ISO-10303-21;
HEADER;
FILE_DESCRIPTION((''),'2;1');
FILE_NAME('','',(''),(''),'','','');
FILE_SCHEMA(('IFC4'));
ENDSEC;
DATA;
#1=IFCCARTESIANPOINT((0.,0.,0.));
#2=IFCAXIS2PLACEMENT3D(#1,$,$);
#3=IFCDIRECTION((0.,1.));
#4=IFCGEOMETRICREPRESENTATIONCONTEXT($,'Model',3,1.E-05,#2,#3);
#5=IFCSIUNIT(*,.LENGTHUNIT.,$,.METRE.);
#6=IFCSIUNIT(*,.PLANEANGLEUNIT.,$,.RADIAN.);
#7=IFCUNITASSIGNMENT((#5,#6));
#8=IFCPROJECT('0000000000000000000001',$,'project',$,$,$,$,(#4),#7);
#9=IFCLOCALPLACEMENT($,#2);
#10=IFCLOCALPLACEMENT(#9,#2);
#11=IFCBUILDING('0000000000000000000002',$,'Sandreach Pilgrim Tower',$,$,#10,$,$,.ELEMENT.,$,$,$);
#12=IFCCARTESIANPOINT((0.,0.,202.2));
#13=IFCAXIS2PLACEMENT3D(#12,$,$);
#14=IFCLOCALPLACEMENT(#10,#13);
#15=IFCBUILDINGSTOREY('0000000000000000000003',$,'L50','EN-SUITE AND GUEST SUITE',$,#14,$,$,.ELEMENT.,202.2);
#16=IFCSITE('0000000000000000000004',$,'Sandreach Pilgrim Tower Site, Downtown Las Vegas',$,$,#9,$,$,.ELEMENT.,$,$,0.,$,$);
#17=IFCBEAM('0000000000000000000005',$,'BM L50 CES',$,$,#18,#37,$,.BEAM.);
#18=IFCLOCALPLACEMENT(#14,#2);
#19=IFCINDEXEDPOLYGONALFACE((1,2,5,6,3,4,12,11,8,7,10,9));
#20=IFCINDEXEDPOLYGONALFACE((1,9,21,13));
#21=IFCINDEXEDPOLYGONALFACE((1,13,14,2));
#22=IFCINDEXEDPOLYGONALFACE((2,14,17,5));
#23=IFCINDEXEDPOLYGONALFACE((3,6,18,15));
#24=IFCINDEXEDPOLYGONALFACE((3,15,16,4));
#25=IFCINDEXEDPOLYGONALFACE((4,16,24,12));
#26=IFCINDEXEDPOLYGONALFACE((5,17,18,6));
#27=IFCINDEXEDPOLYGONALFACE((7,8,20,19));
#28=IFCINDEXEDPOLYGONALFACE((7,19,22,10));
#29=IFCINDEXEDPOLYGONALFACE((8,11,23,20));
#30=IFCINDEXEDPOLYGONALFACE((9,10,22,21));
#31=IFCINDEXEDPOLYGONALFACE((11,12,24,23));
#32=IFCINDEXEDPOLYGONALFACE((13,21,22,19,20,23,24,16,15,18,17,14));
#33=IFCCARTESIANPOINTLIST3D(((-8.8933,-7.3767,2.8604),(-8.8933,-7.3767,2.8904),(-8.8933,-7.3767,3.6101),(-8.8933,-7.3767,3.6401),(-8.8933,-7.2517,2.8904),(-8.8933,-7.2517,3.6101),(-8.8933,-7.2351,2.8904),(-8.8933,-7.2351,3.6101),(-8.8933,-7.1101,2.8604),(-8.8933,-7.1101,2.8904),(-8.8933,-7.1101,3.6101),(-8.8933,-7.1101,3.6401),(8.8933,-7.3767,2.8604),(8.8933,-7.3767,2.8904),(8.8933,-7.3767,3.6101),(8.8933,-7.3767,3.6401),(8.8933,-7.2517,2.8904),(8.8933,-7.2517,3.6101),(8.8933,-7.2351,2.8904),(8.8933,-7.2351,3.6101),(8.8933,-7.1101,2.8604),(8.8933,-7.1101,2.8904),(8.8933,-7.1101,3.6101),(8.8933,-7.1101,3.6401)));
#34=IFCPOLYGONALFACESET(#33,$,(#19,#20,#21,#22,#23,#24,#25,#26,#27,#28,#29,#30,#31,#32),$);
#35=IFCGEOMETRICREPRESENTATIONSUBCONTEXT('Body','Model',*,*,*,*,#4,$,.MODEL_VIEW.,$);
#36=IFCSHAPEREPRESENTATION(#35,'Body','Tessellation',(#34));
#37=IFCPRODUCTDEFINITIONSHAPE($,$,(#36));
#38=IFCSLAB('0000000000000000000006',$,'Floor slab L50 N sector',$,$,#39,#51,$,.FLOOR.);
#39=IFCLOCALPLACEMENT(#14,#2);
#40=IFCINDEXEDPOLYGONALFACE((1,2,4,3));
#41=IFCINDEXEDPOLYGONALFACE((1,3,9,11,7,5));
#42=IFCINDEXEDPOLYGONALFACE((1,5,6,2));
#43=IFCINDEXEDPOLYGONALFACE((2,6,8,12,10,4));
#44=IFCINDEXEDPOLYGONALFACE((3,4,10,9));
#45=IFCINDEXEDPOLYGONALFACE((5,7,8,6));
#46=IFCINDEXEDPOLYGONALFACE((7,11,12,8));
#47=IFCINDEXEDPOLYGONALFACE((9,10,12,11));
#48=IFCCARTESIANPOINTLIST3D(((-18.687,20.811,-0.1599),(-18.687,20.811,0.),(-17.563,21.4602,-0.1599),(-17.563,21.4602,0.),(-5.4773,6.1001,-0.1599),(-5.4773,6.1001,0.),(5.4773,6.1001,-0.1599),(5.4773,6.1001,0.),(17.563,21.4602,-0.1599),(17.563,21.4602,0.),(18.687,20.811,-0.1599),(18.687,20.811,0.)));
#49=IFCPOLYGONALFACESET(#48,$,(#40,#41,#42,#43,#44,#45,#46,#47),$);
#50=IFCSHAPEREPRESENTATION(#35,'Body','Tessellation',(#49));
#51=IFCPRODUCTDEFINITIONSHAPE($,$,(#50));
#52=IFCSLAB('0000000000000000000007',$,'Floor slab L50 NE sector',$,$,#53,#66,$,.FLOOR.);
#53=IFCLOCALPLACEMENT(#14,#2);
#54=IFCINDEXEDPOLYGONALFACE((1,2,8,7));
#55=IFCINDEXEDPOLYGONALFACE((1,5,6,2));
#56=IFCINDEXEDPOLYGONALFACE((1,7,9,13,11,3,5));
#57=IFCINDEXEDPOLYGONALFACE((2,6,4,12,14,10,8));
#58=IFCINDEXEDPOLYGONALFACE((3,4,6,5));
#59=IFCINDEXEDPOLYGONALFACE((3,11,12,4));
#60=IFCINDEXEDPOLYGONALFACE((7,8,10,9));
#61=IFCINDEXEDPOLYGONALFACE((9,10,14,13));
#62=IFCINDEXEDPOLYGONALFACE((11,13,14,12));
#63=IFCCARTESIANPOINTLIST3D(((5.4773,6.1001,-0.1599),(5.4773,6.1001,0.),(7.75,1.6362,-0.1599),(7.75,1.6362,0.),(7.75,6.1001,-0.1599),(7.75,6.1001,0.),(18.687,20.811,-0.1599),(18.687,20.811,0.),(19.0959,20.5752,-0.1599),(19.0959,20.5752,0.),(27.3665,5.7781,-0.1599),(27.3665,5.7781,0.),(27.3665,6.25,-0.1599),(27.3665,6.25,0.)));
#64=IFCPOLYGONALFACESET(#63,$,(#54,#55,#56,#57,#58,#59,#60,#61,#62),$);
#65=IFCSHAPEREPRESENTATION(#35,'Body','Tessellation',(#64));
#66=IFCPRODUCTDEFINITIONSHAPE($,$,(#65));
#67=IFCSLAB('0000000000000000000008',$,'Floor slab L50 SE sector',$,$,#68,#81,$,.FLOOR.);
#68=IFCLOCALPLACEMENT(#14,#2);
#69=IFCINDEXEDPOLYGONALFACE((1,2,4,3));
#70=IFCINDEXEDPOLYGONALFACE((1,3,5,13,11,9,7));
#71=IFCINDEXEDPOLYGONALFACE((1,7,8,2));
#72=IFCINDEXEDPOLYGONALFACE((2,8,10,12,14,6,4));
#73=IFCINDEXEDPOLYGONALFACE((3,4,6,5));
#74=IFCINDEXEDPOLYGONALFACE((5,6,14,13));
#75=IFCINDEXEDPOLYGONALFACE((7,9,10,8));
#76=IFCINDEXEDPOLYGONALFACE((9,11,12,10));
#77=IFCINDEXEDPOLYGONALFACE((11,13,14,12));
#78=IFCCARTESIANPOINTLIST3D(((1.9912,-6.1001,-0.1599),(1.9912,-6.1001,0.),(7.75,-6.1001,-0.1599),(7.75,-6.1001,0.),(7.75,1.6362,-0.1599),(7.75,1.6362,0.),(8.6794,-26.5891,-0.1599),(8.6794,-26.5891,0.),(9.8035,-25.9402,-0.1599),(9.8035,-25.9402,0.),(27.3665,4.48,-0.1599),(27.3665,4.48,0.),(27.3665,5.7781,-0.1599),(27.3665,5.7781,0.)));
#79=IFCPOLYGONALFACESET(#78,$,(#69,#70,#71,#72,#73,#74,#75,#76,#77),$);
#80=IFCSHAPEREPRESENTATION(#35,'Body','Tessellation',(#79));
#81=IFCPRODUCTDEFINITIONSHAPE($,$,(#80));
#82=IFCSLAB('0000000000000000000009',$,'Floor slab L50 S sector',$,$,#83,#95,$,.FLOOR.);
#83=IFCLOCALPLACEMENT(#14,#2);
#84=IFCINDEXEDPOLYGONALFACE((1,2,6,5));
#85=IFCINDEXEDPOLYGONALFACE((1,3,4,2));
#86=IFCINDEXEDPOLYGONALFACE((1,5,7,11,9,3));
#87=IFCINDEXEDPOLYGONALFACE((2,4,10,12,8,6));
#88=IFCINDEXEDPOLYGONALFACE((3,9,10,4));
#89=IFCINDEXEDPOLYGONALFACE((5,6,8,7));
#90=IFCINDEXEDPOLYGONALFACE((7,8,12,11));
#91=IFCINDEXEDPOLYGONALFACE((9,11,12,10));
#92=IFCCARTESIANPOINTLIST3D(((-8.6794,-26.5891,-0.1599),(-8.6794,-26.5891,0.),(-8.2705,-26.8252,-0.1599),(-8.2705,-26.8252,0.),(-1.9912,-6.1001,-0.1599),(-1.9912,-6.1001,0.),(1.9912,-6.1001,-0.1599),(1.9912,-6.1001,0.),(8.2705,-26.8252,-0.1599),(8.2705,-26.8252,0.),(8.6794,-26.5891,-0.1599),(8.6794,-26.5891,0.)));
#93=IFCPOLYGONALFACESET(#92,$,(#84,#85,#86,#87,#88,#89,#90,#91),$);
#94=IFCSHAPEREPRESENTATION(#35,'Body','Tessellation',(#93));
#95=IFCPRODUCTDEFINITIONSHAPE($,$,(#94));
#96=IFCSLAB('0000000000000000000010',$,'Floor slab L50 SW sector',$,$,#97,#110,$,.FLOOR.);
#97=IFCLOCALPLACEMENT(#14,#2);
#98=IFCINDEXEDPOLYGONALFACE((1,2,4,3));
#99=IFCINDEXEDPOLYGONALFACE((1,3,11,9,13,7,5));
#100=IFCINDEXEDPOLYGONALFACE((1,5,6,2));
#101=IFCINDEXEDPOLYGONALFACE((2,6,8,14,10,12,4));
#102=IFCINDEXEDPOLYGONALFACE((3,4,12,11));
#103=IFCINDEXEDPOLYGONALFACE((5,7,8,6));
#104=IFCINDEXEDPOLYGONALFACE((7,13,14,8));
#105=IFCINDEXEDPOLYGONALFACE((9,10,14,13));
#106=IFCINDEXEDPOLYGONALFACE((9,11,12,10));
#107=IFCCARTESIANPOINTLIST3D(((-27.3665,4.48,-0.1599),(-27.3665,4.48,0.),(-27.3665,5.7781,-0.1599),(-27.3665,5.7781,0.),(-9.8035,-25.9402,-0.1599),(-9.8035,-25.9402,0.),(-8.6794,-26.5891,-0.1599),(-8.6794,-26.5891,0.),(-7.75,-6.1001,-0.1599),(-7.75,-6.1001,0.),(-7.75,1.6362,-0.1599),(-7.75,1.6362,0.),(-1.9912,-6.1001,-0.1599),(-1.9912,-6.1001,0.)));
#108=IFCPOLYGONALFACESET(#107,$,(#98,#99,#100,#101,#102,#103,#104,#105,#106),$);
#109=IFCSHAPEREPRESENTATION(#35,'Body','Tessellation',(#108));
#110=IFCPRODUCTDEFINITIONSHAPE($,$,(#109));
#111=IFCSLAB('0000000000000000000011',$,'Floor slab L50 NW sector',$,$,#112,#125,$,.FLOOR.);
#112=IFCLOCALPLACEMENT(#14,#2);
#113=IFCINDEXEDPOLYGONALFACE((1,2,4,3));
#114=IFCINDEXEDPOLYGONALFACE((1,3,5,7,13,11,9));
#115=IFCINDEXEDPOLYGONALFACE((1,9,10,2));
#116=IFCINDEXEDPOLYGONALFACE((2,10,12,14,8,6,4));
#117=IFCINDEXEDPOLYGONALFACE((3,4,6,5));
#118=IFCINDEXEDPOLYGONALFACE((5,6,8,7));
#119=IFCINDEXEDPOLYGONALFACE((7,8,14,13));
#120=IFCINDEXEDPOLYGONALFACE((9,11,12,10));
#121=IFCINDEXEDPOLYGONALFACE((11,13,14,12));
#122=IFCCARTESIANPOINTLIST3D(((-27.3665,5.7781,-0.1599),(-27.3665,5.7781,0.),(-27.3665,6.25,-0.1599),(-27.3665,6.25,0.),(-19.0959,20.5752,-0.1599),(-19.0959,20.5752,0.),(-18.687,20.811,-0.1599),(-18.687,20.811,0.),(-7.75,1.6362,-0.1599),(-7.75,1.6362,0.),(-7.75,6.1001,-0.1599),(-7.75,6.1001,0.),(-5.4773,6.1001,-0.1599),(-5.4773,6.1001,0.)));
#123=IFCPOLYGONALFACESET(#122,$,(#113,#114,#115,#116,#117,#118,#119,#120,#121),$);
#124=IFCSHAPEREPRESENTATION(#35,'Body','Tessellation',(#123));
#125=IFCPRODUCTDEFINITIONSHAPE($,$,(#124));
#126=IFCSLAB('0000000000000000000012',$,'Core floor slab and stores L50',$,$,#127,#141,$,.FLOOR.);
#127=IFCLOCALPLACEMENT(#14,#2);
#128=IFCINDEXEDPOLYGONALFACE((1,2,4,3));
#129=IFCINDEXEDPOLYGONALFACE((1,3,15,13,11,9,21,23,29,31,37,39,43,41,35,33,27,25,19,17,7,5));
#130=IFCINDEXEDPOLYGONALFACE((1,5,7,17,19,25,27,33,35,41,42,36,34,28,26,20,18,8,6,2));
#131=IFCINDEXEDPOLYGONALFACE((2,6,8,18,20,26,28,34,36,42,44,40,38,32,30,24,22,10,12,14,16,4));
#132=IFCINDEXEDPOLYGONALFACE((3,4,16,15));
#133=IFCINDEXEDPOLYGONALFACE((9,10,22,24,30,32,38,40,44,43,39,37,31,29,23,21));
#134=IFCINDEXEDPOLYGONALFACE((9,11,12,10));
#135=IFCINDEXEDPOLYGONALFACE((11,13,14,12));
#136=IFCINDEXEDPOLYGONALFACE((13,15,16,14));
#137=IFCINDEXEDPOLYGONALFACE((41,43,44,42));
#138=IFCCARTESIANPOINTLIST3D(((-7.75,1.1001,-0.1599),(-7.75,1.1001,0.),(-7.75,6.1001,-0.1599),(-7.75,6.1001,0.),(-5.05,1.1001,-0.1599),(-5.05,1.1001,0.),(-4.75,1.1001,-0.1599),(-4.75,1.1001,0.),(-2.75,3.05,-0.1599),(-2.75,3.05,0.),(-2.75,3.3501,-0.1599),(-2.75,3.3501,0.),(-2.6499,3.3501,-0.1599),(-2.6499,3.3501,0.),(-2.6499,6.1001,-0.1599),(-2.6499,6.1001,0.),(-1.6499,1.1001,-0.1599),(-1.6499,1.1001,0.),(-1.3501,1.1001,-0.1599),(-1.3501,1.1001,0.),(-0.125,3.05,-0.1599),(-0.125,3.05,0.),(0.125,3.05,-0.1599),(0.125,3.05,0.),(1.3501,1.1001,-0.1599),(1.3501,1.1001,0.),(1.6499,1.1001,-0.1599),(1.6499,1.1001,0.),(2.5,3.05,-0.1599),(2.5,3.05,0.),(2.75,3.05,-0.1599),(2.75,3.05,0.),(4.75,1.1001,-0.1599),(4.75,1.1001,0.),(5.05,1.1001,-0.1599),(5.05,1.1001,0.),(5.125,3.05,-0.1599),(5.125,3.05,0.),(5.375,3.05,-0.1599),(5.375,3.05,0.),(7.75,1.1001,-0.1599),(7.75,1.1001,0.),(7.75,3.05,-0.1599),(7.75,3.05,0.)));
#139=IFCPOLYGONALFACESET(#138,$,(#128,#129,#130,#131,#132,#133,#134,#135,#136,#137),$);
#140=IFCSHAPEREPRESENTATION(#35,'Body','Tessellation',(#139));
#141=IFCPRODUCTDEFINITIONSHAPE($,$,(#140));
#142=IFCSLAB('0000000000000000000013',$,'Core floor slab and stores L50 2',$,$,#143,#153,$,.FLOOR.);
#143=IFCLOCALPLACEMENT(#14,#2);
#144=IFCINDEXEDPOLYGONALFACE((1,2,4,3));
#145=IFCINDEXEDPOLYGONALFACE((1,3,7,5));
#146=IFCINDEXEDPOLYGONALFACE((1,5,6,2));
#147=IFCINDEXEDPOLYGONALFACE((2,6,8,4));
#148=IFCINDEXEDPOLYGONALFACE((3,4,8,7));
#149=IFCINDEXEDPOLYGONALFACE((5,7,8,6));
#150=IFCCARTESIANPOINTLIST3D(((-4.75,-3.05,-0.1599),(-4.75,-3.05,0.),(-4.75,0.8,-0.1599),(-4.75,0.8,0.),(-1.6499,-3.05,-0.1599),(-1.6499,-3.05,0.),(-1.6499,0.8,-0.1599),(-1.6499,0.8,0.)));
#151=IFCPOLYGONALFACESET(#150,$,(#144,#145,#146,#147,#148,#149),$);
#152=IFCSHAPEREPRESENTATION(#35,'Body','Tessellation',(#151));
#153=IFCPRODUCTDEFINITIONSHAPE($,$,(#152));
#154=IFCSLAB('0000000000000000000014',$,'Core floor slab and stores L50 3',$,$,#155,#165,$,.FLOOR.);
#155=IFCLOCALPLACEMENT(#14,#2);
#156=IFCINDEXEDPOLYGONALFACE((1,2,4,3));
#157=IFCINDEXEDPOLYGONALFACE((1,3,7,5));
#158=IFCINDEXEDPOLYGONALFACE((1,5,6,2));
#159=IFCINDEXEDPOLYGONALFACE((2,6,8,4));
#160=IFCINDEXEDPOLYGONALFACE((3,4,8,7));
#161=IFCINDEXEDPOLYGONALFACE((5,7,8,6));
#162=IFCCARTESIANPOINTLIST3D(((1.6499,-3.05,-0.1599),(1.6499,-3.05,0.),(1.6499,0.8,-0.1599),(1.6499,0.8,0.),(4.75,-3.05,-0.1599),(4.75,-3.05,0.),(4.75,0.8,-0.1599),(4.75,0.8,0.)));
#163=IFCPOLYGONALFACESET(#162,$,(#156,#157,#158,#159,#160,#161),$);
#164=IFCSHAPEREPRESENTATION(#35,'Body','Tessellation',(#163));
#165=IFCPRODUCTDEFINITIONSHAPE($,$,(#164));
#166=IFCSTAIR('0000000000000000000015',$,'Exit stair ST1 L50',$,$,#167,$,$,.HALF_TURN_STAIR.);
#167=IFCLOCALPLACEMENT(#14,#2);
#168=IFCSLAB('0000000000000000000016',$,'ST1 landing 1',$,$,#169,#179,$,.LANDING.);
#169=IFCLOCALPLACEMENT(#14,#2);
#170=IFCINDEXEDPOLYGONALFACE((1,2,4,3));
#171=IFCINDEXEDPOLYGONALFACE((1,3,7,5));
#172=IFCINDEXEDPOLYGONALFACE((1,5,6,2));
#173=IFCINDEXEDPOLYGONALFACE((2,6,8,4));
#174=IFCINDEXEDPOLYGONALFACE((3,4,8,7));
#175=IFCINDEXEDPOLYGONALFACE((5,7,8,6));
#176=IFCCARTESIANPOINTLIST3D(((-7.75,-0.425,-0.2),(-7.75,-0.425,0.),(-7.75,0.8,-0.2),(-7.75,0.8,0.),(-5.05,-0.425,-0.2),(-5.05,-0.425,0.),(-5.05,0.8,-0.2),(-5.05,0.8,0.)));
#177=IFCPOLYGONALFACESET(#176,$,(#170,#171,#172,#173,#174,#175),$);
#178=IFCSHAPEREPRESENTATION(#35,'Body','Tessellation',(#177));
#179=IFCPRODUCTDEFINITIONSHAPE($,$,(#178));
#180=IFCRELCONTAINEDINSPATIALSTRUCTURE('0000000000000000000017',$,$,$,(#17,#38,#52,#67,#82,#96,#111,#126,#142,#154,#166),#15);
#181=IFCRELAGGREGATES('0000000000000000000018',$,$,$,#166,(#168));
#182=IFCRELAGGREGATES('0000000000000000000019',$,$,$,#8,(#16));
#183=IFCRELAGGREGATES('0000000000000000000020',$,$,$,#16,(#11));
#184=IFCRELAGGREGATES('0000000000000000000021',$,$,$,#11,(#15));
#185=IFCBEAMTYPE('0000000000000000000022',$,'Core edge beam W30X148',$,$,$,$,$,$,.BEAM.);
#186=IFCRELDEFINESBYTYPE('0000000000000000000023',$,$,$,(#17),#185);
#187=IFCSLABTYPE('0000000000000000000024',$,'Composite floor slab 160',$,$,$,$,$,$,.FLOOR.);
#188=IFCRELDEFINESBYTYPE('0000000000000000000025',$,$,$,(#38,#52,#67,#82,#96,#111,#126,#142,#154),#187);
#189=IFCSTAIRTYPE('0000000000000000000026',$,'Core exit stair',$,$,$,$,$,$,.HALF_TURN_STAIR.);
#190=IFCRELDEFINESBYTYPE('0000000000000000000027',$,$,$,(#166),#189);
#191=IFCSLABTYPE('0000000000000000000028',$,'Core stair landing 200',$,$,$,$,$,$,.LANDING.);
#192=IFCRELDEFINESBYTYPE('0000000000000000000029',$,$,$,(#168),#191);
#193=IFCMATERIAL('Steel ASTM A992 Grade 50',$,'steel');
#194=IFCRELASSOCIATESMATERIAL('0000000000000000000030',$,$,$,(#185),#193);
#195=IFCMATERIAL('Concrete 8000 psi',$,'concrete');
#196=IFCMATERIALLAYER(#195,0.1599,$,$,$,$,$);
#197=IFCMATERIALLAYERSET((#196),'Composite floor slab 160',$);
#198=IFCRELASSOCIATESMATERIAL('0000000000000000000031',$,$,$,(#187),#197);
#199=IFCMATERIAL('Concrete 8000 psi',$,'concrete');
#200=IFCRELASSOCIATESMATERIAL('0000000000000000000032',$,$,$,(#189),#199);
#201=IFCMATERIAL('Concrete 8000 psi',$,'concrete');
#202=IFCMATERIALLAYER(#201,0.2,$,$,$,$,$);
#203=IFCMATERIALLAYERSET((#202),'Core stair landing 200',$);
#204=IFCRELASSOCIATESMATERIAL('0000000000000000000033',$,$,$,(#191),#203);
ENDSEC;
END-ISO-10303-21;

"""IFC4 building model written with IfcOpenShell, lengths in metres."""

from ifc_helpers import new_model, si_unit, direction, frame, origin, origin_2d, place, context, subcontext, project, spatial, polyline, i_section, outline, extrude, material, layer, layer_set, material_profile, profile_set, type_object, element, aggregate, save


model = new_model("IFC4")

# Units and contexts
model_context = context("Model", 3, precision=1e-05, world=origin(), true_north=direction((0.0, 1.0)))
body_context = subcontext(model_context, "Body", "Model", "MODEL_VIEW")
ifc_project = project(units=[si_unit("LENGTHUNIT", "METRE"), si_unit("PLANEANGLEUNIT", "RADIAN")], contexts=[model_context])

# Site, building, storey
site_placement = place(None, origin())
site = spatial("IfcSite", under=ifc_project, at=site_placement, Name="Sandreach Pilgrim Tower Site, Downtown Las Vegas", CompositionType="ELEMENT", RefElevation=0.0)
building_placement = place(site_placement, origin())
building = spatial("IfcBuilding", under=site, at=building_placement, Name="Sandreach Pilgrim Tower", CompositionType="ELEMENT")
storey_placement = place(building_placement, frame((0.0, 0.0, 202.2)))
storey = spatial("IfcBuildingStorey", under=building, at=storey_placement, Name="L50", Description="EN-SUITE AND GUEST SUITE", CompositionType="ELEMENT", Elevation=202.2)

# Beam
ifc_material_1 = material(Name="Steel ASTM A992 Grade 50", Category="steel")
ifc_material_profile = material_profile(ifc_material_1, i_section(OverallWidth=0.2666, OverallDepth=0.7798, WebThickness=0.0166, FlangeThickness=0.03, at=origin_2d()), Name="W30X148")
ifc_profile_set = profile_set([ifc_material_profile], Name="Steel ASTM A992 Grade 50")
beam_type = type_object("IfcBeamType", Name="Core edge beam W30X148", PredefinedType="BEAM", material=ifc_profile_set)
beam_placement = place(storey_placement, frame((8.8933, -7.2434, 3.2502), z_axis=(-1.0, 0.0, 0.0), x_axis=(0.0, -1.0, 0.0)))
element("IfcBeam", 1, at=beam_placement, inside=storey, type_object=beam_type, Name="BM L50 CES", PredefinedType="BEAM", context=body_context, shape_type="SweptSolid", body=[
    extrude(i_section(OverallWidth=0.2666, OverallDepth=0.7798, WebThickness=0.0166, FlangeThickness=0.03, at=origin_2d()), origin(), (0.0, 0.0, 1.0), 17.7866),
])

# Slabs
ifc_material_2 = material(Name="Concrete 8000 psi", Category="concrete")
ifc_layer_1 = layer(ifc_material_2, 0.1599)
ifc_layer_set_1 = layer_set([ifc_layer_1], Name="Composite floor slab 160")
slab_type_1 = type_object("IfcSlabType", Name="Composite floor slab 160", PredefinedType="FLOOR", material=ifc_layer_set_1)
slab_1_placement = place(storey_placement, frame((0.0, 0.0, -0.1599)))
element("IfcSlab", 2, at=slab_1_placement, inside=storey, type_object=slab_type_1, Name="Floor slab L50 N sector", PredefinedType="FLOOR", context=body_context, shape_type="SweptSolid", body=[
    extrude(outline(polyline([(-17.563, 21.4602), (17.563, 21.4602), (18.687, 20.811), (5.4773, 6.1001), (-5.4773, 6.1001), (-18.687, 20.811), (-17.563, 21.4602)])), origin(), (0.0, 0.0, 1.0), 0.1599),
])
slab_2_placement = place(storey_placement, frame((0.0, 0.0, -0.1599)))
element("IfcSlab", 3, at=slab_2_placement, inside=storey, type_object=slab_type_1, Name="Floor slab L50 NE sector", PredefinedType="FLOOR", context=body_context, shape_type="SweptSolid", body=[
    extrude(outline(polyline([(19.0959, 20.5752), (27.3665, 6.25), (27.3665, 5.7781), (7.75, 1.6362), (7.75, 6.1001), (5.4773, 6.1001), (18.687, 20.811), (19.0959, 20.5752)])), origin(), (0.0, 0.0, 1.0), 0.1599),
])
slab_3_placement = place(storey_placement, frame((0.0, 0.0, -0.1599)))
element("IfcSlab", 4, at=slab_3_placement, inside=storey, type_object=slab_type_1, Name="Floor slab L50 SE sector", PredefinedType="FLOOR", context=body_context, shape_type="SweptSolid", body=[
    extrude(outline(polyline([(27.3665, 4.48), (9.8035, -25.9402), (8.6794, -26.5891), (1.9912, -6.1001), (7.75, -6.1001), (7.75, 1.6362), (27.3665, 5.7781), (27.3665, 4.48)])), origin(), (0.0, 0.0, 1.0), 0.1599),
])
slab_4_placement = place(storey_placement, frame((0.0, 0.0, -0.1599)))
element("IfcSlab", 5, at=slab_4_placement, inside=storey, type_object=slab_type_1, Name="Floor slab L50 S sector", PredefinedType="FLOOR", context=body_context, shape_type="SweptSolid", body=[
    extrude(outline(polyline([(8.2705, -26.8252), (-8.2705, -26.8252), (-8.6794, -26.5891), (-1.9912, -6.1001), (1.9912, -6.1001), (8.6794, -26.5891), (8.2705, -26.8252)])), origin(), (0.0, 0.0, 1.0), 0.1599),
])
slab_5_placement = place(storey_placement, frame((0.0, 0.0, -0.1599)))
element("IfcSlab", 6, at=slab_5_placement, inside=storey, type_object=slab_type_1, Name="Floor slab L50 SW sector", PredefinedType="FLOOR", context=body_context, shape_type="SweptSolid", body=[
    extrude(outline(polyline([(-9.8035, -25.9402), (-27.3665, 4.48), (-27.3665, 5.7781), (-7.75, 1.6362), (-7.75, -6.1001), (-1.9912, -6.1001), (-8.6794, -26.5891), (-9.8035, -25.9402)])), origin(), (0.0, 0.0, 1.0), 0.1599),
])
slab_6_placement = place(storey_placement, frame((0.0, 0.0, -0.1599)))
element("IfcSlab", 7, at=slab_6_placement, inside=storey, type_object=slab_type_1, Name="Floor slab L50 NW sector", PredefinedType="FLOOR", context=body_context, shape_type="SweptSolid", body=[
    extrude(outline(polyline([(-27.3665, 6.25), (-19.0959, 20.5752), (-18.687, 20.811), (-5.4773, 6.1001), (-7.75, 6.1001), (-7.75, 1.6362), (-27.3665, 5.7781), (-27.3665, 6.25)])), origin(), (0.0, 0.0, 1.0), 0.1599),
])
slab_7_placement = place(storey_placement, frame((0.0, 0.0, -0.1599)))
element("IfcSlab", 8, at=slab_7_placement, inside=storey, type_object=slab_type_1, Name="Core floor slab and stores L50", PredefinedType="FLOOR", context=body_context, shape_type="SweptSolid", body=[
    extrude(outline(polyline([(-2.75, 3.3501), (-2.75, 3.05), (-0.125, 3.05), (0.125, 3.05), (2.5, 3.05), (2.75, 3.05), (5.125, 3.05), (5.375, 3.05), (7.75, 3.05), (7.75, 1.1001), (5.05, 1.1001), (4.75, 1.1001), (1.6499, 1.1001), (1.3501, 1.1001), (-1.3501, 1.1001), (-1.6499, 1.1001), (-4.75, 1.1001), (-5.05, 1.1001), (-7.75, 1.1001), (-7.75, 6.1001), (-2.6499, 6.1001), (-2.6499, 3.3501), (-2.75, 3.3501)])), origin(), (0.0, 0.0, 1.0), 0.1599),
])
slab_8_placement = place(storey_placement, frame((0.0, 0.0, -0.1599)))
element("IfcSlab", 9, at=slab_8_placement, inside=storey, type_object=slab_type_1, Name="Core floor slab and stores L50 2", PredefinedType="FLOOR", context=body_context, shape_type="SweptSolid", body=[
    extrude(outline(polyline([(-1.6499, -3.05), (-4.75, -3.05), (-4.75, 0.8), (-1.6499, 0.8), (-1.6499, -3.05)])), origin(), (0.0, 0.0, 1.0), 0.1599),
])
slab_9_placement = place(storey_placement, frame((0.0, 0.0, -0.1599)))
element("IfcSlab", 10, at=slab_9_placement, inside=storey, type_object=slab_type_1, Name="Core floor slab and stores L50 3", PredefinedType="FLOOR", context=body_context, shape_type="SweptSolid", body=[
    extrude(outline(polyline([(4.75, -3.05), (1.6499, -3.05), (1.6499, 0.8), (4.75, 0.8), (4.75, -3.05)])), origin(), (0.0, 0.0, 1.0), 0.1599),
])

# Stair, slab
ifc_material_3 = material(Name="Concrete 8000 psi", Category="concrete")
stair_type = type_object("IfcStairType", Name="Core exit stair", PredefinedType="HALF_TURN_STAIR", material=ifc_material_3)
stair_1_placement = place(storey_placement, origin())
stair_1 = element("IfcStair", 11, at=stair_1_placement, inside=storey, type_object=stair_type, Name="Exit stair ST1 L50", PredefinedType="HALF_TURN_STAIR")
ifc_material_4 = material(Name="Concrete 8000 psi", Category="concrete")
ifc_layer_2 = layer(ifc_material_4, 0.2)
ifc_layer_set_2 = layer_set([ifc_layer_2], Name="Core stair landing 200")
slab_type_2 = type_object("IfcSlabType", Name="Core stair landing 200", PredefinedType="LANDING", material=ifc_layer_set_2)
slab_10_placement = place(storey_placement, frame((0.0, 0.0, -0.2)))
slab_10 = element("IfcSlab", 12, at=slab_10_placement, type_object=slab_type_2, Name="ST1 landing 1", PredefinedType="LANDING", context=body_context, shape_type="SweptSolid", body=[
    extrude(outline(polyline([(-7.75, -0.425), (-5.05, -0.425), (-5.05, 0.8), (-7.75, 0.8), (-7.75, -0.425)])), origin(), (0.0, 0.0, 1.0), 0.2),
])
aggregate(stair_1, [slab_10])

save(model, "model.ifc")
